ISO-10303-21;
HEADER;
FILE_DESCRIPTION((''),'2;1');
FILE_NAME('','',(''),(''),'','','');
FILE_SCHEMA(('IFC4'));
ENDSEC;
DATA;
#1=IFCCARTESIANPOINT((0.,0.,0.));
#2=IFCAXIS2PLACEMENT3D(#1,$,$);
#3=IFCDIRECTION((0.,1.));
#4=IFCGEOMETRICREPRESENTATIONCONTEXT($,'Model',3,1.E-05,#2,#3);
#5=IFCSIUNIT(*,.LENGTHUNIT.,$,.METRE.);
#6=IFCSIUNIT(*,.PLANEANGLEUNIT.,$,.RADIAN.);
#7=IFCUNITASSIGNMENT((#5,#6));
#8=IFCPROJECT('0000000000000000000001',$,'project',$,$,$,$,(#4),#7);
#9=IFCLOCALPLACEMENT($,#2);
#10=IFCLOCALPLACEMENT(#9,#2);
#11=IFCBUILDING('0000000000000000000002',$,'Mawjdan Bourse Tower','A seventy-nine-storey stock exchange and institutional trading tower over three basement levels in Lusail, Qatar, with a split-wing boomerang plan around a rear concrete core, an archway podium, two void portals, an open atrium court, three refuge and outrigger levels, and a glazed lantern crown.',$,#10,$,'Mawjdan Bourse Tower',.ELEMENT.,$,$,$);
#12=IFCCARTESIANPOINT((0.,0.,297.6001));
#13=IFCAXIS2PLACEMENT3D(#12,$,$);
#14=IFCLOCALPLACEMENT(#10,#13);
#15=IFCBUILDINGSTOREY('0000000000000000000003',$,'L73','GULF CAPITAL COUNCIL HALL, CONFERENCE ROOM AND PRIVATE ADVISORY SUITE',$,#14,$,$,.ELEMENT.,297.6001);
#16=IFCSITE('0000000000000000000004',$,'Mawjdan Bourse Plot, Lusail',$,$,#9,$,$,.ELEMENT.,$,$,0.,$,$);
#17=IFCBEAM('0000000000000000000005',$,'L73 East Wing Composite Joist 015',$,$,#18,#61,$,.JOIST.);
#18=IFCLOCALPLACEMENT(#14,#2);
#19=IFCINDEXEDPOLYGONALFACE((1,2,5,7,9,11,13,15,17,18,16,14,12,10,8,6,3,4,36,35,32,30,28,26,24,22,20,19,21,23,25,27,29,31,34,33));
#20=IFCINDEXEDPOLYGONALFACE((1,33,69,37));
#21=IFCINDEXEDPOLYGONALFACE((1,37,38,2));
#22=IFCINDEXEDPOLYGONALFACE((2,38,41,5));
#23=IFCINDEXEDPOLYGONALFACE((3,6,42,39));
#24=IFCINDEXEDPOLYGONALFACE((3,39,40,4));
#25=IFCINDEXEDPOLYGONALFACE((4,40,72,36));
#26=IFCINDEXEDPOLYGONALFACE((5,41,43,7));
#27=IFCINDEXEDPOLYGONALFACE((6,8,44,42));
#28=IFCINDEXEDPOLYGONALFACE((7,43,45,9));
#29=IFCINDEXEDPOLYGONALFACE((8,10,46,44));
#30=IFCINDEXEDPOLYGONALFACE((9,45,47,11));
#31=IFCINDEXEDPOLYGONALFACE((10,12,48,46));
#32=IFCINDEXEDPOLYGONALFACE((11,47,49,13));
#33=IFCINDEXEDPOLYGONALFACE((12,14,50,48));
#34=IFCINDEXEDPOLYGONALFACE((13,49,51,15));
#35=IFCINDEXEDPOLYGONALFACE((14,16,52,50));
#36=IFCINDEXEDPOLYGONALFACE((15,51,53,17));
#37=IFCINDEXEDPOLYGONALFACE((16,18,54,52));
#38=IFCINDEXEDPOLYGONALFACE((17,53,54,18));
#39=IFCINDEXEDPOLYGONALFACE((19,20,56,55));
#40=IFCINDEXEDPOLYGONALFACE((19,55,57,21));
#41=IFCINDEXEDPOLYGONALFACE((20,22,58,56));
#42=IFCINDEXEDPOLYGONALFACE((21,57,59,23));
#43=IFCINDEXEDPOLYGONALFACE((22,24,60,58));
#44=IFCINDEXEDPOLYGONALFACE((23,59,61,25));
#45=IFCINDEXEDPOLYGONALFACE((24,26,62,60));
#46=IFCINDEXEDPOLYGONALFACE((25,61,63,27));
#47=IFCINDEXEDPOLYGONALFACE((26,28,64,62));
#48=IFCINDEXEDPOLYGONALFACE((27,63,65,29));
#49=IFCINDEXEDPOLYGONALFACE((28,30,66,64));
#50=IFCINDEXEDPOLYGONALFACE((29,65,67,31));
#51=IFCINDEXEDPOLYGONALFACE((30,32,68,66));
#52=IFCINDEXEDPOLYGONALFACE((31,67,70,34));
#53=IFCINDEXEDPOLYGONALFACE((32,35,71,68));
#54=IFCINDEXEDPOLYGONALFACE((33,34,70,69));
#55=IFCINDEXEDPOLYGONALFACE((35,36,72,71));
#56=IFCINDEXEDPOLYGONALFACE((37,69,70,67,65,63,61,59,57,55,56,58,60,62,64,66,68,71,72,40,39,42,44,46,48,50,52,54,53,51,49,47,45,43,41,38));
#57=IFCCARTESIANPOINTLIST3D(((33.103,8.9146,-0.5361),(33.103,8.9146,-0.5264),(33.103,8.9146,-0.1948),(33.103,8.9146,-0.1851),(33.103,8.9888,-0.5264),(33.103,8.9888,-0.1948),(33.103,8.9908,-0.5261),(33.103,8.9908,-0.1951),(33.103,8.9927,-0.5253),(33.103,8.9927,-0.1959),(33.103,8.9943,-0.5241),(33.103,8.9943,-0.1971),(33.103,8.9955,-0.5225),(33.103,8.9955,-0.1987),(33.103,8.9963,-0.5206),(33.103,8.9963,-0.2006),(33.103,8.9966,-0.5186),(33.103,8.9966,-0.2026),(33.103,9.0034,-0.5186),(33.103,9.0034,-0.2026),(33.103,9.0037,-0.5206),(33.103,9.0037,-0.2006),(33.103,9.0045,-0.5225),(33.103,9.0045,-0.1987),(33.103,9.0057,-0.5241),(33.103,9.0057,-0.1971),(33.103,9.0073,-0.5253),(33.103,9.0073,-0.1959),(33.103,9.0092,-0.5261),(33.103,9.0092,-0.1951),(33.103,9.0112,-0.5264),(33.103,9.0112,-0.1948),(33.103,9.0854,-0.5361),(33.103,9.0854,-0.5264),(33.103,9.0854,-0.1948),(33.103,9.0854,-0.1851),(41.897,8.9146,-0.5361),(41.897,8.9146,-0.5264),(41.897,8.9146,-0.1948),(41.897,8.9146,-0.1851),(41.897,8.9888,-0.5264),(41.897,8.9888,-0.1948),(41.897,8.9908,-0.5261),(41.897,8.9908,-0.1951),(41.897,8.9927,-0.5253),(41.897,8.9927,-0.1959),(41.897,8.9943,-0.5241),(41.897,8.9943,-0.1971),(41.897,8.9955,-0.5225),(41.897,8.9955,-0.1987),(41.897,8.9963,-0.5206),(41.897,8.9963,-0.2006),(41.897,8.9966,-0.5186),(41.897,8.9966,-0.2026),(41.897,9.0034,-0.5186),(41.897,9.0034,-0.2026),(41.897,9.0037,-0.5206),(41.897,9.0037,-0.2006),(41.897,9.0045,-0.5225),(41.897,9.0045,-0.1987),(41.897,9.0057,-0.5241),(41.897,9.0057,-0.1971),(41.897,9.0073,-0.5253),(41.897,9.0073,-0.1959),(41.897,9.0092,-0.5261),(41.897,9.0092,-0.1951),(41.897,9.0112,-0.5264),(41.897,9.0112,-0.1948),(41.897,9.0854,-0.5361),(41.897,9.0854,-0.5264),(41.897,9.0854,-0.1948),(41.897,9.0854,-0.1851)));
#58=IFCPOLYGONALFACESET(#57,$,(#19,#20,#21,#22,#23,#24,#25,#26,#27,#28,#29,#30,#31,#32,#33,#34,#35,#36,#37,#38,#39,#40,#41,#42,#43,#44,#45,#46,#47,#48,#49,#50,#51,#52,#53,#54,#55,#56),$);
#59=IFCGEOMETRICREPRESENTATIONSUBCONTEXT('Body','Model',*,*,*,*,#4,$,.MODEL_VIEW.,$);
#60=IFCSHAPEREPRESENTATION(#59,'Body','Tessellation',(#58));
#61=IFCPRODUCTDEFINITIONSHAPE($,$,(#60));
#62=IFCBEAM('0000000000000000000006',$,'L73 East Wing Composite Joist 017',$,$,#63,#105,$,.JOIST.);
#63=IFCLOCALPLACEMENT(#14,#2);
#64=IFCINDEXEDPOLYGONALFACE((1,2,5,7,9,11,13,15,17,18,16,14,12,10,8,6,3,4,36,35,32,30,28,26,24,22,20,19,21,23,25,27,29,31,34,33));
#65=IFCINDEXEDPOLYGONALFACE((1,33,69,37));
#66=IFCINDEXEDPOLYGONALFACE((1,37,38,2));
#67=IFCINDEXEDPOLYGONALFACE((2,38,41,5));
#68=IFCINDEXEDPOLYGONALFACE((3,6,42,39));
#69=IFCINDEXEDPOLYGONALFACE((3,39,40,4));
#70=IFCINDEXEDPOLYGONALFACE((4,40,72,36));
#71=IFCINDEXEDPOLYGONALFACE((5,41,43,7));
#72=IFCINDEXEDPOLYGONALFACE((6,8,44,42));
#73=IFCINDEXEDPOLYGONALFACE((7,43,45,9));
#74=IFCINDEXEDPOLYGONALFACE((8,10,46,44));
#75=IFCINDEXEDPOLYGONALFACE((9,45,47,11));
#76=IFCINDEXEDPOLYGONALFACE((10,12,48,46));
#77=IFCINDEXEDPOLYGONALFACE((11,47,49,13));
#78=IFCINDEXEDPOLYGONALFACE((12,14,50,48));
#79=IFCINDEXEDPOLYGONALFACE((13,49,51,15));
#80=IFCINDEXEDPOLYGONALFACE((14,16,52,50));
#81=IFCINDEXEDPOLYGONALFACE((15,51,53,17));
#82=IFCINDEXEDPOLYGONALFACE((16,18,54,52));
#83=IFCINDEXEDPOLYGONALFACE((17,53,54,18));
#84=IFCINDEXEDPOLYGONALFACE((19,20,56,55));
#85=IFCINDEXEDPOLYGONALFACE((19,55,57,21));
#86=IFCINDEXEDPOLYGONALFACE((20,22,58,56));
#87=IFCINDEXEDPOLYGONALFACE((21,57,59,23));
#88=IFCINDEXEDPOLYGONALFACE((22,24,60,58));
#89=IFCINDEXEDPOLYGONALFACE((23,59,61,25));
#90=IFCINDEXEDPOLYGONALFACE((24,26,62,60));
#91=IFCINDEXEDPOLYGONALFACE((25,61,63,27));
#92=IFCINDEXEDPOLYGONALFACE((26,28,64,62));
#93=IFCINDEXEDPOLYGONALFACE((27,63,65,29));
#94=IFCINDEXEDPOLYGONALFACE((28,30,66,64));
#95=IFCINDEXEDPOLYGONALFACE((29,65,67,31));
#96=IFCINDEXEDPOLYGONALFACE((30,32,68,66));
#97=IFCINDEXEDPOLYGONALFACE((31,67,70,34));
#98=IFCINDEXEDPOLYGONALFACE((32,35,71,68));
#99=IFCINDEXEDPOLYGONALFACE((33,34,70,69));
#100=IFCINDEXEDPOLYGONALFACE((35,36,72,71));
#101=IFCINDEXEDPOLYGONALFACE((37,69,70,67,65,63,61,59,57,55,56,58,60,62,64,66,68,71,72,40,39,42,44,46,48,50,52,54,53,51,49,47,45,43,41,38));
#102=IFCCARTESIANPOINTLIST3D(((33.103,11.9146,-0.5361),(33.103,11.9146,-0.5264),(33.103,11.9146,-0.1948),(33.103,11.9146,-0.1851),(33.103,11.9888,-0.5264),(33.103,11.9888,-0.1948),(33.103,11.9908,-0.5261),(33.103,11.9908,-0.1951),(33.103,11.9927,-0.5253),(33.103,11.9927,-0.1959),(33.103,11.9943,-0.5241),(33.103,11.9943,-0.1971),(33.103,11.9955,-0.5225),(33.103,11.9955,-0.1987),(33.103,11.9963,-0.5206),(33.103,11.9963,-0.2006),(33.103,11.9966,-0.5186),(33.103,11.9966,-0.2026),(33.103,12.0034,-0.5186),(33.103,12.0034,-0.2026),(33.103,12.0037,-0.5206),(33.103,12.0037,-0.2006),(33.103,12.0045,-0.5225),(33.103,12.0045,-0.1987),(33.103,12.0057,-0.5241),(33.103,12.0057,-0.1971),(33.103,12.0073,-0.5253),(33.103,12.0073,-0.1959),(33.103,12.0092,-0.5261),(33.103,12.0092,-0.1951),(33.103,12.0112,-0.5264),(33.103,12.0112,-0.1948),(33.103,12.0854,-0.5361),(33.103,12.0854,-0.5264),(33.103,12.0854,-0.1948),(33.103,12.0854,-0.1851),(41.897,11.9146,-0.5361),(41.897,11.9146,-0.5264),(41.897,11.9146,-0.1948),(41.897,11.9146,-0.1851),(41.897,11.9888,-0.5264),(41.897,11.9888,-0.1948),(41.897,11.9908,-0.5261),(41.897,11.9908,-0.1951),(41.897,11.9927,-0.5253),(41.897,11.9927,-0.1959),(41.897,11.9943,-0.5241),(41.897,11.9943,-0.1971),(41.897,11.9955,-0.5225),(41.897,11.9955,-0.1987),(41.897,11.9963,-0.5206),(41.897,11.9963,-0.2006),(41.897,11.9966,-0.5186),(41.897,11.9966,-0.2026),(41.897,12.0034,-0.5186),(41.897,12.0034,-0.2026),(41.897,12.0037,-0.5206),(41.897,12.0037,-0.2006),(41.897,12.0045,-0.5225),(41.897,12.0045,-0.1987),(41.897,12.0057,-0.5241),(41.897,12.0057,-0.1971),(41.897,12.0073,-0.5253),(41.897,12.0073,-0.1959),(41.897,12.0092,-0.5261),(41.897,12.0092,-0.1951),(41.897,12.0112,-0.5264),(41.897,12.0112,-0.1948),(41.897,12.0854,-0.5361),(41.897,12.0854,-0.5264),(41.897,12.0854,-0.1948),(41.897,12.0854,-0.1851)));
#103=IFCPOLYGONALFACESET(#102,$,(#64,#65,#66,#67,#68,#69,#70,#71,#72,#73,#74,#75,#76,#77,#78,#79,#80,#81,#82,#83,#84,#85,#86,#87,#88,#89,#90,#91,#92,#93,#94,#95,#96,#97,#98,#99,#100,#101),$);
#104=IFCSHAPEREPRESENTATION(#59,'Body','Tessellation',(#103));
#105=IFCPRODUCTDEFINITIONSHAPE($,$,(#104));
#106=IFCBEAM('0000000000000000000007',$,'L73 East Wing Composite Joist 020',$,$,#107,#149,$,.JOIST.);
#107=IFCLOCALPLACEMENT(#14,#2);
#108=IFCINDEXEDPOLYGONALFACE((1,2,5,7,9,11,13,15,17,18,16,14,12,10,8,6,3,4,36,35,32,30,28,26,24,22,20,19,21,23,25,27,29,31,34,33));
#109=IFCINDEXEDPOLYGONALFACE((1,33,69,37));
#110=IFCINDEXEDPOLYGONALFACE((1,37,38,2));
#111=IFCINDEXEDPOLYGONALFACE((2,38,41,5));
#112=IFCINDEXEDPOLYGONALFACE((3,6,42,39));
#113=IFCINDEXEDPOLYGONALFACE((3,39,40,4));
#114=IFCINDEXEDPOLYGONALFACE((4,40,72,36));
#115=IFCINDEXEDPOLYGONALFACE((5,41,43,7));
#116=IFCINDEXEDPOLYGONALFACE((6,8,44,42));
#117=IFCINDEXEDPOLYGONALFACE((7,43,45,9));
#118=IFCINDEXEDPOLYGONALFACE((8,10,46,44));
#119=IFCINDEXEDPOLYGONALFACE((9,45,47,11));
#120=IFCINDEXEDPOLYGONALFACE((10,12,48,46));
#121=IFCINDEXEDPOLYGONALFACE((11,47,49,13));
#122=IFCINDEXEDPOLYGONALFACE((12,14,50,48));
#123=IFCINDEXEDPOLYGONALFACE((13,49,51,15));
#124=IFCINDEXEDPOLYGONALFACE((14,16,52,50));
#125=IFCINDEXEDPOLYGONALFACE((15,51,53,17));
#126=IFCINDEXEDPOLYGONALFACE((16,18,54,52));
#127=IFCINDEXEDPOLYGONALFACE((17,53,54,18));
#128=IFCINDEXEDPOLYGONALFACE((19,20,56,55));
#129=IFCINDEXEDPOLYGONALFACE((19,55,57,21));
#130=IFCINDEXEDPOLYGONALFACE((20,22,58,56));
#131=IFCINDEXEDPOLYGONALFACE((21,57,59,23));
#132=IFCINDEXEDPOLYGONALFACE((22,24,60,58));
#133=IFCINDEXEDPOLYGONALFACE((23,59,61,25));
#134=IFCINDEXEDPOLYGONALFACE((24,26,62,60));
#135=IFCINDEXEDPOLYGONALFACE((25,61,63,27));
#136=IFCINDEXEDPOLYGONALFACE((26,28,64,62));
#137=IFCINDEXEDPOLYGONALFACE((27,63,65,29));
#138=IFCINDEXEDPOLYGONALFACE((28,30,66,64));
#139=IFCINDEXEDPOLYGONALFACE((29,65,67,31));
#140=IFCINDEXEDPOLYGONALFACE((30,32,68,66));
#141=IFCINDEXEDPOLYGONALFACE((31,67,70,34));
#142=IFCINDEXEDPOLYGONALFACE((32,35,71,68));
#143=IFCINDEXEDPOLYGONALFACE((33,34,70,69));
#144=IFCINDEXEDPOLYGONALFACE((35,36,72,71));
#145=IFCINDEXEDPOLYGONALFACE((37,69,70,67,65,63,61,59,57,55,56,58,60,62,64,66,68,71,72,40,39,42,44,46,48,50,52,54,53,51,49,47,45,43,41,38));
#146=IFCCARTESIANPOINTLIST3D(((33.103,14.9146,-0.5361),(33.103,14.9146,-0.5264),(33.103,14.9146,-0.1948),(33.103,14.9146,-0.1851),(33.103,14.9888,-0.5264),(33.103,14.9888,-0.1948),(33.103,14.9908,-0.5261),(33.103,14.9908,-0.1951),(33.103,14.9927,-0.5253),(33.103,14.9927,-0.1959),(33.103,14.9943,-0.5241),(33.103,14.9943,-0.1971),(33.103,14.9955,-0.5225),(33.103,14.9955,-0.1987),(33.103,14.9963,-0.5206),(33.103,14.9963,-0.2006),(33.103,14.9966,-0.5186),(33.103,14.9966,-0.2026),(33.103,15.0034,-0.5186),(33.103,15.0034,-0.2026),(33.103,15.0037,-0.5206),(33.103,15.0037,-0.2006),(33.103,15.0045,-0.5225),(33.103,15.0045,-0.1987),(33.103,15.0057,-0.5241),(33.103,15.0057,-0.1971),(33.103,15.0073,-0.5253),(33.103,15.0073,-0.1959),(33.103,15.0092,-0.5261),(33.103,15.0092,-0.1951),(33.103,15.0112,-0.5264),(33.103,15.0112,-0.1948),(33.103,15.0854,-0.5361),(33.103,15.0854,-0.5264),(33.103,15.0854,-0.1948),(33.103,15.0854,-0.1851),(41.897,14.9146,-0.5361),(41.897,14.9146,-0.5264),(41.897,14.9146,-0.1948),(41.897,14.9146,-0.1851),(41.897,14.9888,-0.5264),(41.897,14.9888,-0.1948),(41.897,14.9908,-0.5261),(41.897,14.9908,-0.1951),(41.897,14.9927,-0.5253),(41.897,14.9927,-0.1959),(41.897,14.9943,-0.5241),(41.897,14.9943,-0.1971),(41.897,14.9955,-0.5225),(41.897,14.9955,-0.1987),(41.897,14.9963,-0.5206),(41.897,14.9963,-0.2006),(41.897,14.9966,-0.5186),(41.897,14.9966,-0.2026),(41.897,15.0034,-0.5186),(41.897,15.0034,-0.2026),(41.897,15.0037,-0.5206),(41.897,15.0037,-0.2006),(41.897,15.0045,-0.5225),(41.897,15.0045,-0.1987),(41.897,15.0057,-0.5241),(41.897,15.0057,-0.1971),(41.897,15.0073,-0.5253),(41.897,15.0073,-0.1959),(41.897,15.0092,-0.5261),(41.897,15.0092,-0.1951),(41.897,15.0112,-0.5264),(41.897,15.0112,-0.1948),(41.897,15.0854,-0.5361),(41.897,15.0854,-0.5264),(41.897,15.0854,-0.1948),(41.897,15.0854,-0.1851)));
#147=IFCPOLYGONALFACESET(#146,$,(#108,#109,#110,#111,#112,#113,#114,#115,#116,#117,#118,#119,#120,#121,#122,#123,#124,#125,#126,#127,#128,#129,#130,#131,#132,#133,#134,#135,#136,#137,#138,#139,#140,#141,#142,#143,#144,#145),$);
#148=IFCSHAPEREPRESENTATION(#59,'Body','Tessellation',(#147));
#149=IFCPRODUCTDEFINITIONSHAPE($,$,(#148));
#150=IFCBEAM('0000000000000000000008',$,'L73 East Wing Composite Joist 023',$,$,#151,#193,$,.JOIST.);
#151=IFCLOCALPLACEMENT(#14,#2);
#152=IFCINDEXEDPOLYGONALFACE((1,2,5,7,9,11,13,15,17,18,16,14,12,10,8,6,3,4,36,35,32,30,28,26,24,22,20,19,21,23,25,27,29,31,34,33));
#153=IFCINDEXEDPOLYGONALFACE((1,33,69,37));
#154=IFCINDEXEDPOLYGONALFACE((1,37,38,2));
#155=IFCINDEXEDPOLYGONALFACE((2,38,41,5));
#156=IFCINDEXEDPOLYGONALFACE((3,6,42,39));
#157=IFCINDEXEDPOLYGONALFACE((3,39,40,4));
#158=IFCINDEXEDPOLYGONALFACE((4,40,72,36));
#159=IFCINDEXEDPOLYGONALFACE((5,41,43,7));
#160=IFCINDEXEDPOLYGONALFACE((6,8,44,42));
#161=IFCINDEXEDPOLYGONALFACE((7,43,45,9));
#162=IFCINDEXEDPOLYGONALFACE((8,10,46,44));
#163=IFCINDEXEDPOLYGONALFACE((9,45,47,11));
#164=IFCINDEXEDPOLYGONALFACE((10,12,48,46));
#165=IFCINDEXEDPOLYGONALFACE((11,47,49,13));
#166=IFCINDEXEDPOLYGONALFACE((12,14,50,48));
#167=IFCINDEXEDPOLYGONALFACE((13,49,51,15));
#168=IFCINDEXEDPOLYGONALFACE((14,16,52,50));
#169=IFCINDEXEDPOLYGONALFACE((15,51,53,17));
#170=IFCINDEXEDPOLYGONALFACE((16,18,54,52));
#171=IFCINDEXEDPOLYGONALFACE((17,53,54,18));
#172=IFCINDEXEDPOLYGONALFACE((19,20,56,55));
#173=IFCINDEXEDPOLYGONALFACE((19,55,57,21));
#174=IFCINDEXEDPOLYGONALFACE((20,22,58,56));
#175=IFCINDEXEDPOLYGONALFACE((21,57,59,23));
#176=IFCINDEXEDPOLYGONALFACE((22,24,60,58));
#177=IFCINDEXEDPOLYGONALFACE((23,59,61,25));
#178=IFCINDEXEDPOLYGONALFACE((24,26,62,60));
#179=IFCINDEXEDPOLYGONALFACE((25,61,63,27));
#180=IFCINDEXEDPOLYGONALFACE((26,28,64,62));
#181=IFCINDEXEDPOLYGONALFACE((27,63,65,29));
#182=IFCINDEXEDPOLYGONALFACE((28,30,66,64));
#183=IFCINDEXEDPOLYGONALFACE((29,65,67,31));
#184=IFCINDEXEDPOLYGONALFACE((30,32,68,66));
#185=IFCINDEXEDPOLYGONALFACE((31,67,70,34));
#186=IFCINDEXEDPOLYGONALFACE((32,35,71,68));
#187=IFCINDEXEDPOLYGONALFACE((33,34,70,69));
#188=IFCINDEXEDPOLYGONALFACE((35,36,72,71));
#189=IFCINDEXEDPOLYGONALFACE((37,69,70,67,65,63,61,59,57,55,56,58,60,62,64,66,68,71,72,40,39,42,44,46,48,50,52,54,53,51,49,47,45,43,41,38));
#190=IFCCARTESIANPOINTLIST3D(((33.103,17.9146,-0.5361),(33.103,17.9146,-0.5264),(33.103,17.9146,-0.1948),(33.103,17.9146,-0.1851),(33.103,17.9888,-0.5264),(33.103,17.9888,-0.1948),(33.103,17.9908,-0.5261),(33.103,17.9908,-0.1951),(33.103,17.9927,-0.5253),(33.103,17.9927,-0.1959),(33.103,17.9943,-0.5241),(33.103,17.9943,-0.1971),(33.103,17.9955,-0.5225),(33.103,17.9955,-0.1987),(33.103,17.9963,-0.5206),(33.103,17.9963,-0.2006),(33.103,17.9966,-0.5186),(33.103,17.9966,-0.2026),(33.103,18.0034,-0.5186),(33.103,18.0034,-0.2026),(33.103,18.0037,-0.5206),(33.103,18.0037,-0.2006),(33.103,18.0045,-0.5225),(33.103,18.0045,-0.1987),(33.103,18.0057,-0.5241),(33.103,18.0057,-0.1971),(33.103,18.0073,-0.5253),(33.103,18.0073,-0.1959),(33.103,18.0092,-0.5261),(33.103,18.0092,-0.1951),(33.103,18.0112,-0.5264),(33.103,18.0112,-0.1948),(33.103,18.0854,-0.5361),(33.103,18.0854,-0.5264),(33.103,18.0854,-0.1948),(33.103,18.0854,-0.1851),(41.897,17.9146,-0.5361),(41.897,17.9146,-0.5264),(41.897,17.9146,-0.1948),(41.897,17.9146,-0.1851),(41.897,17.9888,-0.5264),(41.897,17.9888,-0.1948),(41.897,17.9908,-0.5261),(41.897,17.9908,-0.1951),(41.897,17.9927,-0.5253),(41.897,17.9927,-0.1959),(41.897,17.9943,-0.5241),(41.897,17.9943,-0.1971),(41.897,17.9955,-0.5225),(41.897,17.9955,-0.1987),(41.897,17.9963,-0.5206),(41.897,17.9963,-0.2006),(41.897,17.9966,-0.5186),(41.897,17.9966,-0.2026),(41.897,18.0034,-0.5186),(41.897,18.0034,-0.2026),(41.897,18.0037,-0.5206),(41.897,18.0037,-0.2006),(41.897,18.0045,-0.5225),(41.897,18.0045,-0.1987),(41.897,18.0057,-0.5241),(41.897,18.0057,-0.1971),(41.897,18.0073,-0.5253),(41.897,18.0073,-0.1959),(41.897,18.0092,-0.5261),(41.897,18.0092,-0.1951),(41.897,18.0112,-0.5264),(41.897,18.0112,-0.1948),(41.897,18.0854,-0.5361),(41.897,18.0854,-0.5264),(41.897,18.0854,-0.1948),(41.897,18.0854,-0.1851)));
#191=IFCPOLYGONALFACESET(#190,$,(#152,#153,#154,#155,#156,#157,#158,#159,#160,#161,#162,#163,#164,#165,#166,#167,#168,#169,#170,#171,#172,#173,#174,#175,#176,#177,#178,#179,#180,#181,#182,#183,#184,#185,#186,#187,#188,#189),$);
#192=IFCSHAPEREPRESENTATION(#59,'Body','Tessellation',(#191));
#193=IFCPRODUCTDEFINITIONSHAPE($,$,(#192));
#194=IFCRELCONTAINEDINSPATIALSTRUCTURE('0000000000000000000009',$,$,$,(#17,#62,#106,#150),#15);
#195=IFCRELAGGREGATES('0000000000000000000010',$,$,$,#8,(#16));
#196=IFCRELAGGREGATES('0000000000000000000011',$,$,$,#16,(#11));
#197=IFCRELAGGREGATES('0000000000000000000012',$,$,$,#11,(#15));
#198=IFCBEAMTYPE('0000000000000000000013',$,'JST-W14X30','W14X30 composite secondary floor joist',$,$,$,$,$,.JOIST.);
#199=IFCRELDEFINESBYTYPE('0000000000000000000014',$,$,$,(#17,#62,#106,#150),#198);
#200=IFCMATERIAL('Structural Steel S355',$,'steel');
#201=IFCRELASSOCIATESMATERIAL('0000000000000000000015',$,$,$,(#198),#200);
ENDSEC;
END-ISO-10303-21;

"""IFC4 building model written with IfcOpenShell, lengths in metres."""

from ifc_helpers import new_model, si_unit, direction, frame, origin, origin_2d, place, context, subcontext, project, spatial, i_section, extrude, material, material_profile, profile_set, type_object, element, save


model = new_model("IFC4")

# Units and contexts
model_context = context("Model", 3, precision=1e-05, world=origin(), true_north=direction((0.0, 1.0)))
body_context = subcontext(model_context, "Body", "Model", "MODEL_VIEW")
ifc_project = project(units=[si_unit("LENGTHUNIT", "METRE"), si_unit("PLANEANGLEUNIT", "RADIAN")], contexts=[model_context])

# Site, building, storey
site_placement = place(None, origin())
site = spatial("IfcSite", under=ifc_project, at=site_placement, Name="Mawjdan Bourse Plot, Lusail", CompositionType="ELEMENT", RefElevation=0.0)
building_placement = place(site_placement, origin())
building = spatial("IfcBuilding", under=site, at=building_placement, Name="Mawjdan Bourse Tower", Description="A seventy-nine-storey stock exchange and institutional trading tower over three basement levels in Lusail, Qatar, with a split-wing boomerang plan around a rear concrete core, an archway podium, two void portals, an open atrium court, three refuge and outrigger levels, and a glazed lantern crown.", LongName="Mawjdan Bourse Tower", CompositionType="ELEMENT")
storey_placement = place(building_placement, frame((0.0, 0.0, 297.6001)))
storey = spatial("IfcBuildingStorey", under=building, at=storey_placement, Name="L73", Description="GULF CAPITAL COUNCIL HALL, CONFERENCE ROOM AND PRIVATE ADVISORY SUITE", CompositionType="ELEMENT", Elevation=297.6001)

# Beams
ifc_material_1 = material(Name="Structural Steel S355", Category="steel")
ifc_material_profile_1 = material_profile(ifc_material_1, i_section(OverallWidth=0.1709, OverallDepth=0.3511, WebThickness=0.0068, FlangeThickness=0.0098, FilletRadius=0.0078, at=origin_2d()), Name="W14X30")
ifc_profile_set_1 = profile_set([ifc_material_profile_1], Name="Structural Steel S355")
beam_type_1 = type_object("IfcBeamType", Name="JST-W14X30", Description="W14X30 composite secondary floor joist", PredefinedType="JOIST", material=ifc_profile_set_1)
for number, where, z_axis, x_axis, name in (
    (1, (33.103, 9.0, -0.3606), (1.0, 0.0, 0.0), (0.0, 1.0, 0.0), "L73 East Wing Composite Joist 015"),
    (2, (33.103, 12.0, -0.3606), (1.0, 0.0, 0.0), (0.0, 1.0, 0.0), "L73 East Wing Composite Joist 017"),
    (3, (33.103, 15.0, -0.3606), (1.0, 0.0, 0.0), (0.0, 1.0, 0.0), "L73 East Wing Composite Joist 020"),
    (4, (33.103, 18.0, -0.3606), (1.0, 0.0, 0.0), (0.0, 1.0, 0.0), "L73 East Wing Composite Joist 023"),
):
    element("IfcBeam", number, at=place(storey_placement, frame(where, z_axis=z_axis, x_axis=x_axis)), inside=storey, type_object=beam_type_1, Name=name, PredefinedType="JOIST", context=body_context, shape_type="SweptSolid", body=[
        extrude(i_section(OverallWidth=0.1709, OverallDepth=0.3511, WebThickness=0.0068, FlangeThickness=0.0098, FilletRadius=0.0078, at=origin_2d()), origin(), (0.0, 0.0, 1.0), 8.7939),
    ])

save(model, "model.ifc")
